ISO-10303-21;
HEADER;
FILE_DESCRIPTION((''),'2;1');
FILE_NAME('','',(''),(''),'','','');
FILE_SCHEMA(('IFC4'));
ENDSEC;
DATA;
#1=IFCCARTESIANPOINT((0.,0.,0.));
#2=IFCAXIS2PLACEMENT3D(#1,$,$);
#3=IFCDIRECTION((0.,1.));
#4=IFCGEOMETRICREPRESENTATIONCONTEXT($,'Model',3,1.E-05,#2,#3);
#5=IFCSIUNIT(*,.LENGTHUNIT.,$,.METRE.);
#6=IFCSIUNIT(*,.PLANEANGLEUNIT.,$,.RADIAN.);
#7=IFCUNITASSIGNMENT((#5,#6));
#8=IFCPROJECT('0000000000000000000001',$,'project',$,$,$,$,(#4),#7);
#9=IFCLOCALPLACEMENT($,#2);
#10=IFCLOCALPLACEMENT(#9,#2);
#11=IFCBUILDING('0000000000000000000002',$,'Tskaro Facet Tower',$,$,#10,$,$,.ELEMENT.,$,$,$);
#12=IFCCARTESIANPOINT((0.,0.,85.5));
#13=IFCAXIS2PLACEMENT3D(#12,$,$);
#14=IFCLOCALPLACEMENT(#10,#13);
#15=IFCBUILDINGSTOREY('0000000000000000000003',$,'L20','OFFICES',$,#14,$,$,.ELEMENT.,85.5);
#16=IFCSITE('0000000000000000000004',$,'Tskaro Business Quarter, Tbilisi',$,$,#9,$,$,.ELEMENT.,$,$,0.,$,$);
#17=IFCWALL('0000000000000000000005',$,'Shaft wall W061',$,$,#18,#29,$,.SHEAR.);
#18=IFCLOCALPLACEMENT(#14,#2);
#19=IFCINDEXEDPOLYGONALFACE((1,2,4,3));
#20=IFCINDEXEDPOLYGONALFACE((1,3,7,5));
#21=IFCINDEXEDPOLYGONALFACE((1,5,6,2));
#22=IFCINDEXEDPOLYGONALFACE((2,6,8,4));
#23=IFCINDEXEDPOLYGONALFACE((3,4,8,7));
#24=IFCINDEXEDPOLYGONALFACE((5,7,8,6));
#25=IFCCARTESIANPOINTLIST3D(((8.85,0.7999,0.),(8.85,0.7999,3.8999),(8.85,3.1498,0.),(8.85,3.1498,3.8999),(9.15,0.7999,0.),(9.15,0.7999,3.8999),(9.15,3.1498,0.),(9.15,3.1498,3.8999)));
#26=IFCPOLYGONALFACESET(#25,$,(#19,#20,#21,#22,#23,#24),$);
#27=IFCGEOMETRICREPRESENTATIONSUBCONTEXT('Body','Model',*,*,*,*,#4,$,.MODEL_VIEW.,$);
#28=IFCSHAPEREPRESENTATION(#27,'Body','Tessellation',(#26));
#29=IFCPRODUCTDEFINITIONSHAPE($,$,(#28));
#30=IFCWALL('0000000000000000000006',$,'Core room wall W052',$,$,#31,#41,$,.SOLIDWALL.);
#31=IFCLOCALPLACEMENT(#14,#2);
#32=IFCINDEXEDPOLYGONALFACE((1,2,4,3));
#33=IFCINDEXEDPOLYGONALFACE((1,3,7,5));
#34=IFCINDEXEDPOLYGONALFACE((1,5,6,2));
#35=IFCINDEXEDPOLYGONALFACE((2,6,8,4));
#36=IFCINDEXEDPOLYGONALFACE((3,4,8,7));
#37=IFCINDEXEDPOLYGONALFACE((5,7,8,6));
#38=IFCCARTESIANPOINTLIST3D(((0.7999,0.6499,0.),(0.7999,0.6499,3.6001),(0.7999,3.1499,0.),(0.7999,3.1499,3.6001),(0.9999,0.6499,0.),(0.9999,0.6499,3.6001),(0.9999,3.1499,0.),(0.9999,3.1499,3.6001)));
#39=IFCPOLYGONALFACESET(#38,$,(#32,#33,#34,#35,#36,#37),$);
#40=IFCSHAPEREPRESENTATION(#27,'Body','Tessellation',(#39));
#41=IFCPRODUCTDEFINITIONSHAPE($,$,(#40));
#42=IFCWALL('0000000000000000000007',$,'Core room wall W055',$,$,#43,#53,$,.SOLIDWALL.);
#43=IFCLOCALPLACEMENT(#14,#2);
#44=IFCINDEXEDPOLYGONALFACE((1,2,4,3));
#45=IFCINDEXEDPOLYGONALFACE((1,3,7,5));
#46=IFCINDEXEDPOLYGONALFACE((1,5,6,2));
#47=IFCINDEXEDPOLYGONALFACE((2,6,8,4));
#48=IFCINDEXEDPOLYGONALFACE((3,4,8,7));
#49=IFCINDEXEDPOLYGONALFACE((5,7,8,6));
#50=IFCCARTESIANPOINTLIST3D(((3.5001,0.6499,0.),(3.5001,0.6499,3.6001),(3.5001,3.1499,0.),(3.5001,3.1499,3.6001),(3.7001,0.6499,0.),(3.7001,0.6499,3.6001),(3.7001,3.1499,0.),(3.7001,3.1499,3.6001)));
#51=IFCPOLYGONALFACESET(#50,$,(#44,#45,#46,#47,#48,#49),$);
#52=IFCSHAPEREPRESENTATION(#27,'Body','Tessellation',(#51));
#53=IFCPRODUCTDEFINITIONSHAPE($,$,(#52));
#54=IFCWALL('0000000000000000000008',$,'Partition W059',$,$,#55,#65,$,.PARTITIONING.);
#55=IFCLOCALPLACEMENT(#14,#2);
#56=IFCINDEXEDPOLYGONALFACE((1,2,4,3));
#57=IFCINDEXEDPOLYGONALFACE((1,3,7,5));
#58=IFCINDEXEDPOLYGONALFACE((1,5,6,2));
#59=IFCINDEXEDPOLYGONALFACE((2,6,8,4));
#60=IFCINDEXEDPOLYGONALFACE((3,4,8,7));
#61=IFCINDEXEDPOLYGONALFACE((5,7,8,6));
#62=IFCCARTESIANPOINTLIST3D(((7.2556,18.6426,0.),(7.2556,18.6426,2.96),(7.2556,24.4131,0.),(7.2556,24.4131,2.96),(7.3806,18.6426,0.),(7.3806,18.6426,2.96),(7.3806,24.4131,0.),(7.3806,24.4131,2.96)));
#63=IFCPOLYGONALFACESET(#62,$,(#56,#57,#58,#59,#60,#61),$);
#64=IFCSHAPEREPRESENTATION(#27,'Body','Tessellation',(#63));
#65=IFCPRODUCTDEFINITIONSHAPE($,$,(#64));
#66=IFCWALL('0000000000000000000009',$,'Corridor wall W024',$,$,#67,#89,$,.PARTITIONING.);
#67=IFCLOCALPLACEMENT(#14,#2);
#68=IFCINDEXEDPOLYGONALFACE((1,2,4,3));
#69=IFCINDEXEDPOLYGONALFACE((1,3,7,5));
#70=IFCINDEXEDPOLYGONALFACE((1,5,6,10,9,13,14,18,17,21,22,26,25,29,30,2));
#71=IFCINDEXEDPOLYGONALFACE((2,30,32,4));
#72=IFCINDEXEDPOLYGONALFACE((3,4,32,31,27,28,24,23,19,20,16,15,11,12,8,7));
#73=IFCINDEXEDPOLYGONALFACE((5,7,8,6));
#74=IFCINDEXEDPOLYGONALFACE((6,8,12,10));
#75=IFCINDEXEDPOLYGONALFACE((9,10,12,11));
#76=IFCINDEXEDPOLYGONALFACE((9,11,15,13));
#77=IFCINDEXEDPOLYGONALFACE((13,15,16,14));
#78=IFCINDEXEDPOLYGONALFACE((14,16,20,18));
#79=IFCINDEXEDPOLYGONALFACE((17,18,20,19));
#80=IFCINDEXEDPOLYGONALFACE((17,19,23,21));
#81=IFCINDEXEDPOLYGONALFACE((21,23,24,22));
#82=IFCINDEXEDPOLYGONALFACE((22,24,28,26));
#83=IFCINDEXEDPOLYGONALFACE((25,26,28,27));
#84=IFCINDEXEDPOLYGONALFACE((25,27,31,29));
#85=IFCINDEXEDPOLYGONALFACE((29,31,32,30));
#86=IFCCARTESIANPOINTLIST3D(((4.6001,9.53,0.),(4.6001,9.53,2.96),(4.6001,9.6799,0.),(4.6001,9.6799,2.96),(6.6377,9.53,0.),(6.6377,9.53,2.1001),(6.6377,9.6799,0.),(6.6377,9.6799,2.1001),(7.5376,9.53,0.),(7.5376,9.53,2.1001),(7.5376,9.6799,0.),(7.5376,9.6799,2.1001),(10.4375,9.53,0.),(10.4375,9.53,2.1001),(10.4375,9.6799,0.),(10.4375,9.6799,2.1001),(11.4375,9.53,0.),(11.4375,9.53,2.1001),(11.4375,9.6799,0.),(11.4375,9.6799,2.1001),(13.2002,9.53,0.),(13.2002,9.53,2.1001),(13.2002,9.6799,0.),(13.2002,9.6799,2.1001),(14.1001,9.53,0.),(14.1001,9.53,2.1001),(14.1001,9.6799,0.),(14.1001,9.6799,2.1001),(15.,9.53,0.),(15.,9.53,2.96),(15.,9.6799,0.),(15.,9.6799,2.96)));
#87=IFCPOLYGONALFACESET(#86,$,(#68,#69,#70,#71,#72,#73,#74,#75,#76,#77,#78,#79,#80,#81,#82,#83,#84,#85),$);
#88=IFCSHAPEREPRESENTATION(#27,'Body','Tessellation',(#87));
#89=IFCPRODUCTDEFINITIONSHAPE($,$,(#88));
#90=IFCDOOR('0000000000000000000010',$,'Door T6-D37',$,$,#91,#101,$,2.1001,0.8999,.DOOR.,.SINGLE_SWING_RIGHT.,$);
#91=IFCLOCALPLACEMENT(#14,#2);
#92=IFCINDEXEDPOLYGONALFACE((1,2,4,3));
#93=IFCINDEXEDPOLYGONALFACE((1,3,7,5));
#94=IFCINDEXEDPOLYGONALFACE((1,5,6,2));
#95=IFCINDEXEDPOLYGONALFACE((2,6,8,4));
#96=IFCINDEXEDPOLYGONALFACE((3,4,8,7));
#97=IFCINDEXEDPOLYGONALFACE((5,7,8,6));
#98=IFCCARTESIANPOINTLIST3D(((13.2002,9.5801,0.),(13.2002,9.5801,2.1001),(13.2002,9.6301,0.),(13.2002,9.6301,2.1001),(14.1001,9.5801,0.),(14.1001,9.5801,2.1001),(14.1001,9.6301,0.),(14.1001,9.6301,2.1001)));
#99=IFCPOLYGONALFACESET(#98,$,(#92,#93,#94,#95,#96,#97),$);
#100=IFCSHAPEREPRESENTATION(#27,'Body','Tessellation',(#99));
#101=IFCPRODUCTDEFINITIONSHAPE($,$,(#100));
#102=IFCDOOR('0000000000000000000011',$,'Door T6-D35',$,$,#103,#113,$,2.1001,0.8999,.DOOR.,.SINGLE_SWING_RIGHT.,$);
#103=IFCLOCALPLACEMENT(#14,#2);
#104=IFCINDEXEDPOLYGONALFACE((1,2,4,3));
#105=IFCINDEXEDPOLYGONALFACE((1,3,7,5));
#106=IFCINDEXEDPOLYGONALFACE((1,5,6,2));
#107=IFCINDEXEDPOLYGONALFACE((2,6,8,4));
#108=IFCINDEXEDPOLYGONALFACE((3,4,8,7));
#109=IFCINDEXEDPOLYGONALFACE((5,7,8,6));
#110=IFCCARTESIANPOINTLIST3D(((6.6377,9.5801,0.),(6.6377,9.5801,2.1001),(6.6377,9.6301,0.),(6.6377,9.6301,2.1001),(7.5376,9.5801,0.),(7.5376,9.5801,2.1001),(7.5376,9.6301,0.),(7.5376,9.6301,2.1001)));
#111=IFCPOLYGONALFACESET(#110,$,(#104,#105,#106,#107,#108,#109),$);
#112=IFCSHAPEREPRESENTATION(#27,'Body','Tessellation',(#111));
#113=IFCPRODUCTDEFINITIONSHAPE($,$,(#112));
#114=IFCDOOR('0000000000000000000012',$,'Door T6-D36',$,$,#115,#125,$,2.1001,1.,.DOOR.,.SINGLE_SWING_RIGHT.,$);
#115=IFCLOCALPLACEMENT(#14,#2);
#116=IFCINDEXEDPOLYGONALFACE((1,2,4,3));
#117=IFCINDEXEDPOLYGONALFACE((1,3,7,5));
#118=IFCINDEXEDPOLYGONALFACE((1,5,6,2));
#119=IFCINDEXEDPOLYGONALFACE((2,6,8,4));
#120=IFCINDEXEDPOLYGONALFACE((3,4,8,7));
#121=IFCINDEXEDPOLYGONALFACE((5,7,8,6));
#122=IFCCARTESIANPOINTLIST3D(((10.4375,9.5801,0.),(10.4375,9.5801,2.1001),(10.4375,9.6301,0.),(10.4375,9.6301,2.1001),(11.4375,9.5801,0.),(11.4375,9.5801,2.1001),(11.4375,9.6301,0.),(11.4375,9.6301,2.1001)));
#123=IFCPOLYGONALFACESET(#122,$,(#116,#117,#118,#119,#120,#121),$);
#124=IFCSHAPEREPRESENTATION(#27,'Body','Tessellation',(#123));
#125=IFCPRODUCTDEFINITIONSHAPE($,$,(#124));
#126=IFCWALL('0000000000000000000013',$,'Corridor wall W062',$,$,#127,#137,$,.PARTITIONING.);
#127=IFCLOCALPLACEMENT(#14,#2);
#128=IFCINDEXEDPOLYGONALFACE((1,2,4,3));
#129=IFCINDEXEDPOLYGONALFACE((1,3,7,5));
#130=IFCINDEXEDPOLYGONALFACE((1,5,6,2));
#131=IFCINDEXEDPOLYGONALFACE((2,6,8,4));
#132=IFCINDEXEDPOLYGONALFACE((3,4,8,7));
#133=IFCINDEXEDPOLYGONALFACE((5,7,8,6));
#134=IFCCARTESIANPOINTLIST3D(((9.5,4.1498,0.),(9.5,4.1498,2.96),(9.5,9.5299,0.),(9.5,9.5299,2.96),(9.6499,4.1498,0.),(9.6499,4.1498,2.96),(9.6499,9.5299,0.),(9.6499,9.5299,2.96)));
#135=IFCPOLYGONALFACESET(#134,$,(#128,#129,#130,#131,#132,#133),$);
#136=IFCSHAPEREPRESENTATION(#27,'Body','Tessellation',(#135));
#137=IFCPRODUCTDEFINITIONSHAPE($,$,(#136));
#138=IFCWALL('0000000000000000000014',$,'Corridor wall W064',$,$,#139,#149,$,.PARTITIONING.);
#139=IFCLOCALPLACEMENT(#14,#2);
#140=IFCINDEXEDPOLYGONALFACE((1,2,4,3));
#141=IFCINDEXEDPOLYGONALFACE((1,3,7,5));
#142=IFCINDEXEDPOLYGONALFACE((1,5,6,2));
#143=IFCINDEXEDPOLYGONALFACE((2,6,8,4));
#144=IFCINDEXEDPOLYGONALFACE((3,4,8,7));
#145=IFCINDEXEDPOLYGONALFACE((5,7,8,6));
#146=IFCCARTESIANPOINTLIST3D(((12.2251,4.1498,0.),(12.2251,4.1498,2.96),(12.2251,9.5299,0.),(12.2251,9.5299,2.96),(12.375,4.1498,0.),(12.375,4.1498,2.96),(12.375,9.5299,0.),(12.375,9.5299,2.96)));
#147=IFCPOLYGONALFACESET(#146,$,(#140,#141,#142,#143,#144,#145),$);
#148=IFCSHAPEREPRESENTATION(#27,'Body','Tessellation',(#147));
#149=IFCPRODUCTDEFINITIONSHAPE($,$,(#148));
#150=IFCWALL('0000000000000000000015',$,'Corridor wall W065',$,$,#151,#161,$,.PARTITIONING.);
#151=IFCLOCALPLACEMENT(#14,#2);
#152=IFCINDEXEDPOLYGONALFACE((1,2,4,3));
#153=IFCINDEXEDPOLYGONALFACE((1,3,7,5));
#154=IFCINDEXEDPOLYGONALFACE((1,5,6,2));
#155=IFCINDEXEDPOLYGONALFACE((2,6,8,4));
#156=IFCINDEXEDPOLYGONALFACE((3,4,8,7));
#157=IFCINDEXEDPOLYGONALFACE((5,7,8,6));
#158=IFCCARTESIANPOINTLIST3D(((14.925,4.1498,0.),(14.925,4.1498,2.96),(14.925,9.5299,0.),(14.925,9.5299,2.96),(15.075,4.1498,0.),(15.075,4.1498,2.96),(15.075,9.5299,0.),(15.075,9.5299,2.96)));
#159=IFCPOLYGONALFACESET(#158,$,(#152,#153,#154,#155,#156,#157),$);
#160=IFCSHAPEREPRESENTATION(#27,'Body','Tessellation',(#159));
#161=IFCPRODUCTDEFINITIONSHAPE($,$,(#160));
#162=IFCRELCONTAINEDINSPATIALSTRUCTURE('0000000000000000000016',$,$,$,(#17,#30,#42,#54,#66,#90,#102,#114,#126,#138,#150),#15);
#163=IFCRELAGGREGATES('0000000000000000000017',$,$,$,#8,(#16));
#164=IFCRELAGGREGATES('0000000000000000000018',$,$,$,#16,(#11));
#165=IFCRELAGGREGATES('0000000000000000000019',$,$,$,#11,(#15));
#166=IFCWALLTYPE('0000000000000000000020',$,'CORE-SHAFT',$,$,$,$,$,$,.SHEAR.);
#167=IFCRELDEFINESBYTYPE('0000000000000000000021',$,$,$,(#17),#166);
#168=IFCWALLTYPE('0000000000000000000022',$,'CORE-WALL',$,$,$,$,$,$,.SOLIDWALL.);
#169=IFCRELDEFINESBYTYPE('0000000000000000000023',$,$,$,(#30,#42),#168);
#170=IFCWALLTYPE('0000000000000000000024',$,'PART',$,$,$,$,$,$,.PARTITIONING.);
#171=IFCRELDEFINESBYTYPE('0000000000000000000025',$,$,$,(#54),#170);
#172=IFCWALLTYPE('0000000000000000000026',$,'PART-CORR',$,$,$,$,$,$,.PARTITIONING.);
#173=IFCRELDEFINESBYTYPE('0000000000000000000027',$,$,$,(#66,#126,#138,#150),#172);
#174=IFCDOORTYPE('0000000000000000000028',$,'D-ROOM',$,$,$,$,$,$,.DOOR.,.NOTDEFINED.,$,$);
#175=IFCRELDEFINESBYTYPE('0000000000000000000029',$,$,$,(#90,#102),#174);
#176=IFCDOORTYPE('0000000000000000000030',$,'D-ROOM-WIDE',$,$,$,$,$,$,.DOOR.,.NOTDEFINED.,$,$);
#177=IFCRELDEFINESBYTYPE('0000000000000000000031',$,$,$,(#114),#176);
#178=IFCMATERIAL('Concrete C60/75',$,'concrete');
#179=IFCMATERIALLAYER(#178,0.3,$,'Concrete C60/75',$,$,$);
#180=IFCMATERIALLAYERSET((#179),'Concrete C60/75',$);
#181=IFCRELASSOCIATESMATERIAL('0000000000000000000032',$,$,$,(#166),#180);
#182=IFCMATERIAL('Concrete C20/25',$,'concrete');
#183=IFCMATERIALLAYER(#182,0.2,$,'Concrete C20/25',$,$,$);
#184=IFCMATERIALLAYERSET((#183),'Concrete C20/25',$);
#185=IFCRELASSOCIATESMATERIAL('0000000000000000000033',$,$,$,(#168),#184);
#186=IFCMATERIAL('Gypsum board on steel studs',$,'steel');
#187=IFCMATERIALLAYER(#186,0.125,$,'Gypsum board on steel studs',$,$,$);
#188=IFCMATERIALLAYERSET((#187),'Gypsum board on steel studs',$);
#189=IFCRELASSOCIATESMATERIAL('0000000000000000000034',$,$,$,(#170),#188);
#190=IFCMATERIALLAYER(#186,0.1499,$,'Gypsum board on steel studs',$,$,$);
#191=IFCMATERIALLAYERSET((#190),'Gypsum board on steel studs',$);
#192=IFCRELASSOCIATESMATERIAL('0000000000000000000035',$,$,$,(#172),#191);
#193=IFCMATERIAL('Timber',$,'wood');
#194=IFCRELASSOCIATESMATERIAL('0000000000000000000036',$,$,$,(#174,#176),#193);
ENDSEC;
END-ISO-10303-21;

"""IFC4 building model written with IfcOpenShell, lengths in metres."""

from ifc_helpers import new_model, si_unit, direction, frame, frame_2d, origin, place, context, subcontext, project, spatial, rectangle, extrude, material, layer, layer_set, type_object, element, fill, save


model = new_model("IFC4")

# Units and contexts
model_context = context("Model", 3, precision=1e-05, world=origin(), true_north=direction((0.0, 1.0)))
body_context = subcontext(model_context, "Body", "Model", "MODEL_VIEW")
ifc_project = project(units=[si_unit("LENGTHUNIT", "METRE"), si_unit("PLANEANGLEUNIT", "RADIAN")], contexts=[model_context])

# Site, building, storey
site_placement = place(None, origin())
site = spatial("IfcSite", under=ifc_project, at=site_placement, Name="Tskaro Business Quarter, Tbilisi", CompositionType="ELEMENT", RefElevation=0.0)
building_placement = place(site_placement, origin())
building = spatial("IfcBuilding", under=site, at=building_placement, Name="Tskaro Facet Tower", CompositionType="ELEMENT")
storey_placement = place(building_placement, frame((0.0, 0.0, 85.5)))
storey = spatial("IfcBuildingStorey", under=building, at=storey_placement, Name="L20", Description="OFFICES", CompositionType="ELEMENT", Elevation=85.5)

# Shared definitions
ifc_material_1 = material(Name="Concrete C60/75", Category="concrete")
ifc_layer_1 = layer(ifc_material_1, 0.3, Name="Concrete C60/75")
ifc_layer_set_1 = layer_set([ifc_layer_1], Name="Concrete C60/75")
wall_type_1 = type_object("IfcWallType", Name="CORE-SHAFT", PredefinedType="SHEAR", material=ifc_layer_set_1)

# Walls
wall_1_placement = place(storey_placement, frame((9.0, 0.8, 0.0), z_axis=(0.0, 0.0, 1.0), x_axis=(0.0, 1.0, 0.0)))
element("IfcWall", 1, at=wall_1_placement, inside=storey, type_object=wall_type_1, Name="Shaft wall W061", PredefinedType="SHEAR", context=body_context, shape_type="SweptSolid", body=[
    extrude(rectangle(XDim=2.3499, YDim=0.3, at=frame_2d((1.1748, 0.0))), origin(), (0.0, 0.0, 1.0), 3.8999),
])
ifc_material_2 = material(Name="Concrete C20/25", Category="concrete")
ifc_layer_2 = layer(ifc_material_2, 0.2, Name="Concrete C20/25")
ifc_layer_set_2 = layer_set([ifc_layer_2], Name="Concrete C20/25")
wall_type_2 = type_object("IfcWallType", Name="CORE-WALL", PredefinedType="SOLIDWALL", material=ifc_layer_set_2)
for number, where, z_axis, x_axis, name in (
    (2, (0.8999, 0.6499, 0.0), (0.0, 0.0, 1.0), (0.0, 1.0, 0.0), "Core room wall W052"),
    (3, (3.6001, 0.6499, 0.0), (0.0, 0.0, 1.0), (0.0, 1.0, 0.0), "Core room wall W055"),
):
    element("IfcWall", number, at=place(storey_placement, frame(where, z_axis=z_axis, x_axis=x_axis)), inside=storey, type_object=wall_type_2, Name=name, PredefinedType="SOLIDWALL", context=body_context, shape_type="SweptSolid", body=[
        extrude(rectangle(XDim=2.5, YDim=0.2, at=frame_2d((1.25, 0.0))), origin(), (0.0, 0.0, 1.0), 3.6001),
    ])
ifc_material_3 = material(Name="Gypsum board on steel studs", Category="steel")
ifc_layer_3 = layer(ifc_material_3, 0.125, Name="Gypsum board on steel studs")
ifc_layer_set_3 = layer_set([ifc_layer_3], Name="Gypsum board on steel studs")
wall_type_3 = type_object("IfcWallType", Name="PART", PredefinedType="PARTITIONING", material=ifc_layer_set_3)
wall_2_placement = place(storey_placement, frame((7.3181, 18.6426, 0.0), z_axis=(0.0, 0.0, 1.0), x_axis=(0.0, 1.0, 0.0)))
element("IfcWall", 4, at=wall_2_placement, inside=storey, type_object=wall_type_3, Name="Partition W059", PredefinedType="PARTITIONING", context=body_context, shape_type="SweptSolid", body=[
    extrude(rectangle(XDim=5.7705, YDim=0.125, at=frame_2d((2.8853, 0.0))), origin(), (0.0, 0.0, 1.0), 2.96),
])

# Wall, openings, doors
ifc_layer_4 = layer(ifc_material_3, 0.1499, Name="Gypsum board on steel studs")
ifc_layer_set_4 = layer_set([ifc_layer_4], Name="Gypsum board on steel studs")
wall_type_4 = type_object("IfcWallType", Name="PART-CORR", PredefinedType="PARTITIONING", material=ifc_layer_set_4)
wall_3_placement = place(storey_placement, frame((15.0, 9.605, 0.0), z_axis=(0.0, 0.0, 1.0), x_axis=(-1.0, 0.0, 0.0)))
wall_3 = element("IfcWall", 5, at=wall_3_placement, inside=storey, type_object=wall_type_4, Name="Corridor wall W024", PredefinedType="PARTITIONING", context=body_context, shape_type="SweptSolid", body=[
    extrude(rectangle(XDim=10.3999, YDim=0.1499, at=frame_2d((5.2, 0.0))), origin(), (0.0, 0.0, 1.0), 2.96),
])
opening_1_placement = place(wall_3_placement, frame((0.8999, 0.0, 0.0)))
opening_1 = element("IfcOpeningElement", 6, at=opening_1_placement, cuts=wall_3, PredefinedType="OPENING", context=body_context, shape_type="SweptSolid", body=[
    extrude(rectangle(XDim=0.8999, YDim=2.1001, at=frame_2d((0.45, 1.05))), frame((0.0, 0.085, 0.0), z_axis=(0.0, -1.0, 0.0), x_axis=(1.0, 0.0, 0.0)), (0.0, 0.0, 1.0), 0.1699),
])
opening_2_placement = place(wall_3_placement, frame((7.4624, 0.0, 0.0)))
opening_2 = element("IfcOpeningElement", 7, at=opening_2_placement, cuts=wall_3, PredefinedType="OPENING", context=body_context, shape_type="SweptSolid", body=[
    extrude(rectangle(XDim=0.8999, YDim=2.1001, at=frame_2d((0.45, 1.05))), frame((0.0, 0.085, 0.0), z_axis=(0.0, -1.0, 0.0), x_axis=(1.0, 0.0, 0.0)), (0.0, 0.0, 1.0), 0.1699),
])
opening_3_placement = place(wall_3_placement, frame((3.5625, 0.0, 0.0)))
opening_3 = element("IfcOpeningElement", 8, at=opening_3_placement, cuts=wall_3, PredefinedType="OPENING", context=body_context, shape_type="SweptSolid", body=[
    extrude(rectangle(XDim=1.0, YDim=2.1001, at=frame_2d((0.5, 1.05))), frame((0.0, 0.085, 0.0), z_axis=(0.0, -1.0, 0.0), x_axis=(1.0, 0.0, 0.0)), (0.0, 0.0, 1.0), 0.1699),
])
ifc_material_4 = material(Name="Timber", Category="wood")
door_type_1 = type_object("IfcDoorType", Name="D-ROOM", OperationType="NOTDEFINED", PredefinedType="DOOR", material=ifc_material_4)
door_1_placement = place(opening_1_placement, origin())
door_1 = element("IfcDoor", 9, at=door_1_placement, inside=storey, type_object=door_type_1, Name="Door T6-D37", OperationType="SINGLE_SWING_RIGHT", OverallHeight=2.1001, OverallWidth=0.8999, PredefinedType="DOOR", context=body_context, shape_type="SweptSolid", body=[
    extrude(rectangle(XDim=0.8999, YDim=2.1001, at=frame_2d((0.45, 1.05))), frame((0.0, 0.0249, 0.0), z_axis=(0.0, -1.0, 0.0), x_axis=(1.0, 0.0, 0.0)), (0.0, 0.0, 1.0), 0.05),
])
fill(opening_1, door_1)
door_2_placement = place(opening_2_placement, origin())
door_2 = element("IfcDoor", 10, at=door_2_placement, inside=storey, type_object=door_type_1, Name="Door T6-D35", OperationType="SINGLE_SWING_RIGHT", OverallHeight=2.1001, OverallWidth=0.8999, PredefinedType="DOOR", context=body_context, shape_type="SweptSolid", body=[
    extrude(rectangle(XDim=0.8999, YDim=2.1001, at=frame_2d((0.45, 1.05))), frame((0.0, 0.0249, 0.0), z_axis=(0.0, -1.0, 0.0), x_axis=(1.0, 0.0, 0.0)), (0.0, 0.0, 1.0), 0.05),
])
fill(opening_2, door_2)
door_type_2 = type_object("IfcDoorType", Name="D-ROOM-WIDE", OperationType="NOTDEFINED", PredefinedType="DOOR", material=ifc_material_4)
door_3_placement = place(opening_3_placement, origin())
door_3 = element("IfcDoor", 11, at=door_3_placement, inside=storey, type_object=door_type_2, Name="Door T6-D36", OperationType="SINGLE_SWING_RIGHT", OverallHeight=2.1001, OverallWidth=1.0, PredefinedType="DOOR", context=body_context, shape_type="SweptSolid", body=[
    extrude(rectangle(XDim=1.0, YDim=2.1001, at=frame_2d((0.5, 1.05))), frame((0.0, 0.0249, 0.0), z_axis=(0.0, -1.0, 0.0), x_axis=(1.0, 0.0, 0.0)), (0.0, 0.0, 1.0), 0.05),
])
fill(opening_3, door_3)

# Walls
for number, where, z_axis, x_axis, name in (
    (12, (9.575, 4.1499, 0.0), (0.0, 0.0, 1.0), (0.0, 1.0, 0.0), "Corridor wall W062"),
    (13, (12.3, 4.1499, 0.0), (0.0, 0.0, 1.0), (0.0, 1.0, 0.0), "Corridor wall W064"),
    (14, (15.0, 4.1499, 0.0), (0.0, 0.0, 1.0), (0.0, 1.0, 0.0), "Corridor wall W065"),
):
    element("IfcWall", number, at=place(storey_placement, frame(where, z_axis=z_axis, x_axis=x_axis)), inside=storey, type_object=wall_type_4, Name=name, PredefinedType="PARTITIONING", context=body_context, shape_type="SweptSolid", body=[
        extrude(rectangle(XDim=5.3801, YDim=0.1499, at=frame_2d((2.6899, 0.0))), origin(), (0.0, 0.0, 1.0), 2.96),
    ])

save(model, "model.ifc")
